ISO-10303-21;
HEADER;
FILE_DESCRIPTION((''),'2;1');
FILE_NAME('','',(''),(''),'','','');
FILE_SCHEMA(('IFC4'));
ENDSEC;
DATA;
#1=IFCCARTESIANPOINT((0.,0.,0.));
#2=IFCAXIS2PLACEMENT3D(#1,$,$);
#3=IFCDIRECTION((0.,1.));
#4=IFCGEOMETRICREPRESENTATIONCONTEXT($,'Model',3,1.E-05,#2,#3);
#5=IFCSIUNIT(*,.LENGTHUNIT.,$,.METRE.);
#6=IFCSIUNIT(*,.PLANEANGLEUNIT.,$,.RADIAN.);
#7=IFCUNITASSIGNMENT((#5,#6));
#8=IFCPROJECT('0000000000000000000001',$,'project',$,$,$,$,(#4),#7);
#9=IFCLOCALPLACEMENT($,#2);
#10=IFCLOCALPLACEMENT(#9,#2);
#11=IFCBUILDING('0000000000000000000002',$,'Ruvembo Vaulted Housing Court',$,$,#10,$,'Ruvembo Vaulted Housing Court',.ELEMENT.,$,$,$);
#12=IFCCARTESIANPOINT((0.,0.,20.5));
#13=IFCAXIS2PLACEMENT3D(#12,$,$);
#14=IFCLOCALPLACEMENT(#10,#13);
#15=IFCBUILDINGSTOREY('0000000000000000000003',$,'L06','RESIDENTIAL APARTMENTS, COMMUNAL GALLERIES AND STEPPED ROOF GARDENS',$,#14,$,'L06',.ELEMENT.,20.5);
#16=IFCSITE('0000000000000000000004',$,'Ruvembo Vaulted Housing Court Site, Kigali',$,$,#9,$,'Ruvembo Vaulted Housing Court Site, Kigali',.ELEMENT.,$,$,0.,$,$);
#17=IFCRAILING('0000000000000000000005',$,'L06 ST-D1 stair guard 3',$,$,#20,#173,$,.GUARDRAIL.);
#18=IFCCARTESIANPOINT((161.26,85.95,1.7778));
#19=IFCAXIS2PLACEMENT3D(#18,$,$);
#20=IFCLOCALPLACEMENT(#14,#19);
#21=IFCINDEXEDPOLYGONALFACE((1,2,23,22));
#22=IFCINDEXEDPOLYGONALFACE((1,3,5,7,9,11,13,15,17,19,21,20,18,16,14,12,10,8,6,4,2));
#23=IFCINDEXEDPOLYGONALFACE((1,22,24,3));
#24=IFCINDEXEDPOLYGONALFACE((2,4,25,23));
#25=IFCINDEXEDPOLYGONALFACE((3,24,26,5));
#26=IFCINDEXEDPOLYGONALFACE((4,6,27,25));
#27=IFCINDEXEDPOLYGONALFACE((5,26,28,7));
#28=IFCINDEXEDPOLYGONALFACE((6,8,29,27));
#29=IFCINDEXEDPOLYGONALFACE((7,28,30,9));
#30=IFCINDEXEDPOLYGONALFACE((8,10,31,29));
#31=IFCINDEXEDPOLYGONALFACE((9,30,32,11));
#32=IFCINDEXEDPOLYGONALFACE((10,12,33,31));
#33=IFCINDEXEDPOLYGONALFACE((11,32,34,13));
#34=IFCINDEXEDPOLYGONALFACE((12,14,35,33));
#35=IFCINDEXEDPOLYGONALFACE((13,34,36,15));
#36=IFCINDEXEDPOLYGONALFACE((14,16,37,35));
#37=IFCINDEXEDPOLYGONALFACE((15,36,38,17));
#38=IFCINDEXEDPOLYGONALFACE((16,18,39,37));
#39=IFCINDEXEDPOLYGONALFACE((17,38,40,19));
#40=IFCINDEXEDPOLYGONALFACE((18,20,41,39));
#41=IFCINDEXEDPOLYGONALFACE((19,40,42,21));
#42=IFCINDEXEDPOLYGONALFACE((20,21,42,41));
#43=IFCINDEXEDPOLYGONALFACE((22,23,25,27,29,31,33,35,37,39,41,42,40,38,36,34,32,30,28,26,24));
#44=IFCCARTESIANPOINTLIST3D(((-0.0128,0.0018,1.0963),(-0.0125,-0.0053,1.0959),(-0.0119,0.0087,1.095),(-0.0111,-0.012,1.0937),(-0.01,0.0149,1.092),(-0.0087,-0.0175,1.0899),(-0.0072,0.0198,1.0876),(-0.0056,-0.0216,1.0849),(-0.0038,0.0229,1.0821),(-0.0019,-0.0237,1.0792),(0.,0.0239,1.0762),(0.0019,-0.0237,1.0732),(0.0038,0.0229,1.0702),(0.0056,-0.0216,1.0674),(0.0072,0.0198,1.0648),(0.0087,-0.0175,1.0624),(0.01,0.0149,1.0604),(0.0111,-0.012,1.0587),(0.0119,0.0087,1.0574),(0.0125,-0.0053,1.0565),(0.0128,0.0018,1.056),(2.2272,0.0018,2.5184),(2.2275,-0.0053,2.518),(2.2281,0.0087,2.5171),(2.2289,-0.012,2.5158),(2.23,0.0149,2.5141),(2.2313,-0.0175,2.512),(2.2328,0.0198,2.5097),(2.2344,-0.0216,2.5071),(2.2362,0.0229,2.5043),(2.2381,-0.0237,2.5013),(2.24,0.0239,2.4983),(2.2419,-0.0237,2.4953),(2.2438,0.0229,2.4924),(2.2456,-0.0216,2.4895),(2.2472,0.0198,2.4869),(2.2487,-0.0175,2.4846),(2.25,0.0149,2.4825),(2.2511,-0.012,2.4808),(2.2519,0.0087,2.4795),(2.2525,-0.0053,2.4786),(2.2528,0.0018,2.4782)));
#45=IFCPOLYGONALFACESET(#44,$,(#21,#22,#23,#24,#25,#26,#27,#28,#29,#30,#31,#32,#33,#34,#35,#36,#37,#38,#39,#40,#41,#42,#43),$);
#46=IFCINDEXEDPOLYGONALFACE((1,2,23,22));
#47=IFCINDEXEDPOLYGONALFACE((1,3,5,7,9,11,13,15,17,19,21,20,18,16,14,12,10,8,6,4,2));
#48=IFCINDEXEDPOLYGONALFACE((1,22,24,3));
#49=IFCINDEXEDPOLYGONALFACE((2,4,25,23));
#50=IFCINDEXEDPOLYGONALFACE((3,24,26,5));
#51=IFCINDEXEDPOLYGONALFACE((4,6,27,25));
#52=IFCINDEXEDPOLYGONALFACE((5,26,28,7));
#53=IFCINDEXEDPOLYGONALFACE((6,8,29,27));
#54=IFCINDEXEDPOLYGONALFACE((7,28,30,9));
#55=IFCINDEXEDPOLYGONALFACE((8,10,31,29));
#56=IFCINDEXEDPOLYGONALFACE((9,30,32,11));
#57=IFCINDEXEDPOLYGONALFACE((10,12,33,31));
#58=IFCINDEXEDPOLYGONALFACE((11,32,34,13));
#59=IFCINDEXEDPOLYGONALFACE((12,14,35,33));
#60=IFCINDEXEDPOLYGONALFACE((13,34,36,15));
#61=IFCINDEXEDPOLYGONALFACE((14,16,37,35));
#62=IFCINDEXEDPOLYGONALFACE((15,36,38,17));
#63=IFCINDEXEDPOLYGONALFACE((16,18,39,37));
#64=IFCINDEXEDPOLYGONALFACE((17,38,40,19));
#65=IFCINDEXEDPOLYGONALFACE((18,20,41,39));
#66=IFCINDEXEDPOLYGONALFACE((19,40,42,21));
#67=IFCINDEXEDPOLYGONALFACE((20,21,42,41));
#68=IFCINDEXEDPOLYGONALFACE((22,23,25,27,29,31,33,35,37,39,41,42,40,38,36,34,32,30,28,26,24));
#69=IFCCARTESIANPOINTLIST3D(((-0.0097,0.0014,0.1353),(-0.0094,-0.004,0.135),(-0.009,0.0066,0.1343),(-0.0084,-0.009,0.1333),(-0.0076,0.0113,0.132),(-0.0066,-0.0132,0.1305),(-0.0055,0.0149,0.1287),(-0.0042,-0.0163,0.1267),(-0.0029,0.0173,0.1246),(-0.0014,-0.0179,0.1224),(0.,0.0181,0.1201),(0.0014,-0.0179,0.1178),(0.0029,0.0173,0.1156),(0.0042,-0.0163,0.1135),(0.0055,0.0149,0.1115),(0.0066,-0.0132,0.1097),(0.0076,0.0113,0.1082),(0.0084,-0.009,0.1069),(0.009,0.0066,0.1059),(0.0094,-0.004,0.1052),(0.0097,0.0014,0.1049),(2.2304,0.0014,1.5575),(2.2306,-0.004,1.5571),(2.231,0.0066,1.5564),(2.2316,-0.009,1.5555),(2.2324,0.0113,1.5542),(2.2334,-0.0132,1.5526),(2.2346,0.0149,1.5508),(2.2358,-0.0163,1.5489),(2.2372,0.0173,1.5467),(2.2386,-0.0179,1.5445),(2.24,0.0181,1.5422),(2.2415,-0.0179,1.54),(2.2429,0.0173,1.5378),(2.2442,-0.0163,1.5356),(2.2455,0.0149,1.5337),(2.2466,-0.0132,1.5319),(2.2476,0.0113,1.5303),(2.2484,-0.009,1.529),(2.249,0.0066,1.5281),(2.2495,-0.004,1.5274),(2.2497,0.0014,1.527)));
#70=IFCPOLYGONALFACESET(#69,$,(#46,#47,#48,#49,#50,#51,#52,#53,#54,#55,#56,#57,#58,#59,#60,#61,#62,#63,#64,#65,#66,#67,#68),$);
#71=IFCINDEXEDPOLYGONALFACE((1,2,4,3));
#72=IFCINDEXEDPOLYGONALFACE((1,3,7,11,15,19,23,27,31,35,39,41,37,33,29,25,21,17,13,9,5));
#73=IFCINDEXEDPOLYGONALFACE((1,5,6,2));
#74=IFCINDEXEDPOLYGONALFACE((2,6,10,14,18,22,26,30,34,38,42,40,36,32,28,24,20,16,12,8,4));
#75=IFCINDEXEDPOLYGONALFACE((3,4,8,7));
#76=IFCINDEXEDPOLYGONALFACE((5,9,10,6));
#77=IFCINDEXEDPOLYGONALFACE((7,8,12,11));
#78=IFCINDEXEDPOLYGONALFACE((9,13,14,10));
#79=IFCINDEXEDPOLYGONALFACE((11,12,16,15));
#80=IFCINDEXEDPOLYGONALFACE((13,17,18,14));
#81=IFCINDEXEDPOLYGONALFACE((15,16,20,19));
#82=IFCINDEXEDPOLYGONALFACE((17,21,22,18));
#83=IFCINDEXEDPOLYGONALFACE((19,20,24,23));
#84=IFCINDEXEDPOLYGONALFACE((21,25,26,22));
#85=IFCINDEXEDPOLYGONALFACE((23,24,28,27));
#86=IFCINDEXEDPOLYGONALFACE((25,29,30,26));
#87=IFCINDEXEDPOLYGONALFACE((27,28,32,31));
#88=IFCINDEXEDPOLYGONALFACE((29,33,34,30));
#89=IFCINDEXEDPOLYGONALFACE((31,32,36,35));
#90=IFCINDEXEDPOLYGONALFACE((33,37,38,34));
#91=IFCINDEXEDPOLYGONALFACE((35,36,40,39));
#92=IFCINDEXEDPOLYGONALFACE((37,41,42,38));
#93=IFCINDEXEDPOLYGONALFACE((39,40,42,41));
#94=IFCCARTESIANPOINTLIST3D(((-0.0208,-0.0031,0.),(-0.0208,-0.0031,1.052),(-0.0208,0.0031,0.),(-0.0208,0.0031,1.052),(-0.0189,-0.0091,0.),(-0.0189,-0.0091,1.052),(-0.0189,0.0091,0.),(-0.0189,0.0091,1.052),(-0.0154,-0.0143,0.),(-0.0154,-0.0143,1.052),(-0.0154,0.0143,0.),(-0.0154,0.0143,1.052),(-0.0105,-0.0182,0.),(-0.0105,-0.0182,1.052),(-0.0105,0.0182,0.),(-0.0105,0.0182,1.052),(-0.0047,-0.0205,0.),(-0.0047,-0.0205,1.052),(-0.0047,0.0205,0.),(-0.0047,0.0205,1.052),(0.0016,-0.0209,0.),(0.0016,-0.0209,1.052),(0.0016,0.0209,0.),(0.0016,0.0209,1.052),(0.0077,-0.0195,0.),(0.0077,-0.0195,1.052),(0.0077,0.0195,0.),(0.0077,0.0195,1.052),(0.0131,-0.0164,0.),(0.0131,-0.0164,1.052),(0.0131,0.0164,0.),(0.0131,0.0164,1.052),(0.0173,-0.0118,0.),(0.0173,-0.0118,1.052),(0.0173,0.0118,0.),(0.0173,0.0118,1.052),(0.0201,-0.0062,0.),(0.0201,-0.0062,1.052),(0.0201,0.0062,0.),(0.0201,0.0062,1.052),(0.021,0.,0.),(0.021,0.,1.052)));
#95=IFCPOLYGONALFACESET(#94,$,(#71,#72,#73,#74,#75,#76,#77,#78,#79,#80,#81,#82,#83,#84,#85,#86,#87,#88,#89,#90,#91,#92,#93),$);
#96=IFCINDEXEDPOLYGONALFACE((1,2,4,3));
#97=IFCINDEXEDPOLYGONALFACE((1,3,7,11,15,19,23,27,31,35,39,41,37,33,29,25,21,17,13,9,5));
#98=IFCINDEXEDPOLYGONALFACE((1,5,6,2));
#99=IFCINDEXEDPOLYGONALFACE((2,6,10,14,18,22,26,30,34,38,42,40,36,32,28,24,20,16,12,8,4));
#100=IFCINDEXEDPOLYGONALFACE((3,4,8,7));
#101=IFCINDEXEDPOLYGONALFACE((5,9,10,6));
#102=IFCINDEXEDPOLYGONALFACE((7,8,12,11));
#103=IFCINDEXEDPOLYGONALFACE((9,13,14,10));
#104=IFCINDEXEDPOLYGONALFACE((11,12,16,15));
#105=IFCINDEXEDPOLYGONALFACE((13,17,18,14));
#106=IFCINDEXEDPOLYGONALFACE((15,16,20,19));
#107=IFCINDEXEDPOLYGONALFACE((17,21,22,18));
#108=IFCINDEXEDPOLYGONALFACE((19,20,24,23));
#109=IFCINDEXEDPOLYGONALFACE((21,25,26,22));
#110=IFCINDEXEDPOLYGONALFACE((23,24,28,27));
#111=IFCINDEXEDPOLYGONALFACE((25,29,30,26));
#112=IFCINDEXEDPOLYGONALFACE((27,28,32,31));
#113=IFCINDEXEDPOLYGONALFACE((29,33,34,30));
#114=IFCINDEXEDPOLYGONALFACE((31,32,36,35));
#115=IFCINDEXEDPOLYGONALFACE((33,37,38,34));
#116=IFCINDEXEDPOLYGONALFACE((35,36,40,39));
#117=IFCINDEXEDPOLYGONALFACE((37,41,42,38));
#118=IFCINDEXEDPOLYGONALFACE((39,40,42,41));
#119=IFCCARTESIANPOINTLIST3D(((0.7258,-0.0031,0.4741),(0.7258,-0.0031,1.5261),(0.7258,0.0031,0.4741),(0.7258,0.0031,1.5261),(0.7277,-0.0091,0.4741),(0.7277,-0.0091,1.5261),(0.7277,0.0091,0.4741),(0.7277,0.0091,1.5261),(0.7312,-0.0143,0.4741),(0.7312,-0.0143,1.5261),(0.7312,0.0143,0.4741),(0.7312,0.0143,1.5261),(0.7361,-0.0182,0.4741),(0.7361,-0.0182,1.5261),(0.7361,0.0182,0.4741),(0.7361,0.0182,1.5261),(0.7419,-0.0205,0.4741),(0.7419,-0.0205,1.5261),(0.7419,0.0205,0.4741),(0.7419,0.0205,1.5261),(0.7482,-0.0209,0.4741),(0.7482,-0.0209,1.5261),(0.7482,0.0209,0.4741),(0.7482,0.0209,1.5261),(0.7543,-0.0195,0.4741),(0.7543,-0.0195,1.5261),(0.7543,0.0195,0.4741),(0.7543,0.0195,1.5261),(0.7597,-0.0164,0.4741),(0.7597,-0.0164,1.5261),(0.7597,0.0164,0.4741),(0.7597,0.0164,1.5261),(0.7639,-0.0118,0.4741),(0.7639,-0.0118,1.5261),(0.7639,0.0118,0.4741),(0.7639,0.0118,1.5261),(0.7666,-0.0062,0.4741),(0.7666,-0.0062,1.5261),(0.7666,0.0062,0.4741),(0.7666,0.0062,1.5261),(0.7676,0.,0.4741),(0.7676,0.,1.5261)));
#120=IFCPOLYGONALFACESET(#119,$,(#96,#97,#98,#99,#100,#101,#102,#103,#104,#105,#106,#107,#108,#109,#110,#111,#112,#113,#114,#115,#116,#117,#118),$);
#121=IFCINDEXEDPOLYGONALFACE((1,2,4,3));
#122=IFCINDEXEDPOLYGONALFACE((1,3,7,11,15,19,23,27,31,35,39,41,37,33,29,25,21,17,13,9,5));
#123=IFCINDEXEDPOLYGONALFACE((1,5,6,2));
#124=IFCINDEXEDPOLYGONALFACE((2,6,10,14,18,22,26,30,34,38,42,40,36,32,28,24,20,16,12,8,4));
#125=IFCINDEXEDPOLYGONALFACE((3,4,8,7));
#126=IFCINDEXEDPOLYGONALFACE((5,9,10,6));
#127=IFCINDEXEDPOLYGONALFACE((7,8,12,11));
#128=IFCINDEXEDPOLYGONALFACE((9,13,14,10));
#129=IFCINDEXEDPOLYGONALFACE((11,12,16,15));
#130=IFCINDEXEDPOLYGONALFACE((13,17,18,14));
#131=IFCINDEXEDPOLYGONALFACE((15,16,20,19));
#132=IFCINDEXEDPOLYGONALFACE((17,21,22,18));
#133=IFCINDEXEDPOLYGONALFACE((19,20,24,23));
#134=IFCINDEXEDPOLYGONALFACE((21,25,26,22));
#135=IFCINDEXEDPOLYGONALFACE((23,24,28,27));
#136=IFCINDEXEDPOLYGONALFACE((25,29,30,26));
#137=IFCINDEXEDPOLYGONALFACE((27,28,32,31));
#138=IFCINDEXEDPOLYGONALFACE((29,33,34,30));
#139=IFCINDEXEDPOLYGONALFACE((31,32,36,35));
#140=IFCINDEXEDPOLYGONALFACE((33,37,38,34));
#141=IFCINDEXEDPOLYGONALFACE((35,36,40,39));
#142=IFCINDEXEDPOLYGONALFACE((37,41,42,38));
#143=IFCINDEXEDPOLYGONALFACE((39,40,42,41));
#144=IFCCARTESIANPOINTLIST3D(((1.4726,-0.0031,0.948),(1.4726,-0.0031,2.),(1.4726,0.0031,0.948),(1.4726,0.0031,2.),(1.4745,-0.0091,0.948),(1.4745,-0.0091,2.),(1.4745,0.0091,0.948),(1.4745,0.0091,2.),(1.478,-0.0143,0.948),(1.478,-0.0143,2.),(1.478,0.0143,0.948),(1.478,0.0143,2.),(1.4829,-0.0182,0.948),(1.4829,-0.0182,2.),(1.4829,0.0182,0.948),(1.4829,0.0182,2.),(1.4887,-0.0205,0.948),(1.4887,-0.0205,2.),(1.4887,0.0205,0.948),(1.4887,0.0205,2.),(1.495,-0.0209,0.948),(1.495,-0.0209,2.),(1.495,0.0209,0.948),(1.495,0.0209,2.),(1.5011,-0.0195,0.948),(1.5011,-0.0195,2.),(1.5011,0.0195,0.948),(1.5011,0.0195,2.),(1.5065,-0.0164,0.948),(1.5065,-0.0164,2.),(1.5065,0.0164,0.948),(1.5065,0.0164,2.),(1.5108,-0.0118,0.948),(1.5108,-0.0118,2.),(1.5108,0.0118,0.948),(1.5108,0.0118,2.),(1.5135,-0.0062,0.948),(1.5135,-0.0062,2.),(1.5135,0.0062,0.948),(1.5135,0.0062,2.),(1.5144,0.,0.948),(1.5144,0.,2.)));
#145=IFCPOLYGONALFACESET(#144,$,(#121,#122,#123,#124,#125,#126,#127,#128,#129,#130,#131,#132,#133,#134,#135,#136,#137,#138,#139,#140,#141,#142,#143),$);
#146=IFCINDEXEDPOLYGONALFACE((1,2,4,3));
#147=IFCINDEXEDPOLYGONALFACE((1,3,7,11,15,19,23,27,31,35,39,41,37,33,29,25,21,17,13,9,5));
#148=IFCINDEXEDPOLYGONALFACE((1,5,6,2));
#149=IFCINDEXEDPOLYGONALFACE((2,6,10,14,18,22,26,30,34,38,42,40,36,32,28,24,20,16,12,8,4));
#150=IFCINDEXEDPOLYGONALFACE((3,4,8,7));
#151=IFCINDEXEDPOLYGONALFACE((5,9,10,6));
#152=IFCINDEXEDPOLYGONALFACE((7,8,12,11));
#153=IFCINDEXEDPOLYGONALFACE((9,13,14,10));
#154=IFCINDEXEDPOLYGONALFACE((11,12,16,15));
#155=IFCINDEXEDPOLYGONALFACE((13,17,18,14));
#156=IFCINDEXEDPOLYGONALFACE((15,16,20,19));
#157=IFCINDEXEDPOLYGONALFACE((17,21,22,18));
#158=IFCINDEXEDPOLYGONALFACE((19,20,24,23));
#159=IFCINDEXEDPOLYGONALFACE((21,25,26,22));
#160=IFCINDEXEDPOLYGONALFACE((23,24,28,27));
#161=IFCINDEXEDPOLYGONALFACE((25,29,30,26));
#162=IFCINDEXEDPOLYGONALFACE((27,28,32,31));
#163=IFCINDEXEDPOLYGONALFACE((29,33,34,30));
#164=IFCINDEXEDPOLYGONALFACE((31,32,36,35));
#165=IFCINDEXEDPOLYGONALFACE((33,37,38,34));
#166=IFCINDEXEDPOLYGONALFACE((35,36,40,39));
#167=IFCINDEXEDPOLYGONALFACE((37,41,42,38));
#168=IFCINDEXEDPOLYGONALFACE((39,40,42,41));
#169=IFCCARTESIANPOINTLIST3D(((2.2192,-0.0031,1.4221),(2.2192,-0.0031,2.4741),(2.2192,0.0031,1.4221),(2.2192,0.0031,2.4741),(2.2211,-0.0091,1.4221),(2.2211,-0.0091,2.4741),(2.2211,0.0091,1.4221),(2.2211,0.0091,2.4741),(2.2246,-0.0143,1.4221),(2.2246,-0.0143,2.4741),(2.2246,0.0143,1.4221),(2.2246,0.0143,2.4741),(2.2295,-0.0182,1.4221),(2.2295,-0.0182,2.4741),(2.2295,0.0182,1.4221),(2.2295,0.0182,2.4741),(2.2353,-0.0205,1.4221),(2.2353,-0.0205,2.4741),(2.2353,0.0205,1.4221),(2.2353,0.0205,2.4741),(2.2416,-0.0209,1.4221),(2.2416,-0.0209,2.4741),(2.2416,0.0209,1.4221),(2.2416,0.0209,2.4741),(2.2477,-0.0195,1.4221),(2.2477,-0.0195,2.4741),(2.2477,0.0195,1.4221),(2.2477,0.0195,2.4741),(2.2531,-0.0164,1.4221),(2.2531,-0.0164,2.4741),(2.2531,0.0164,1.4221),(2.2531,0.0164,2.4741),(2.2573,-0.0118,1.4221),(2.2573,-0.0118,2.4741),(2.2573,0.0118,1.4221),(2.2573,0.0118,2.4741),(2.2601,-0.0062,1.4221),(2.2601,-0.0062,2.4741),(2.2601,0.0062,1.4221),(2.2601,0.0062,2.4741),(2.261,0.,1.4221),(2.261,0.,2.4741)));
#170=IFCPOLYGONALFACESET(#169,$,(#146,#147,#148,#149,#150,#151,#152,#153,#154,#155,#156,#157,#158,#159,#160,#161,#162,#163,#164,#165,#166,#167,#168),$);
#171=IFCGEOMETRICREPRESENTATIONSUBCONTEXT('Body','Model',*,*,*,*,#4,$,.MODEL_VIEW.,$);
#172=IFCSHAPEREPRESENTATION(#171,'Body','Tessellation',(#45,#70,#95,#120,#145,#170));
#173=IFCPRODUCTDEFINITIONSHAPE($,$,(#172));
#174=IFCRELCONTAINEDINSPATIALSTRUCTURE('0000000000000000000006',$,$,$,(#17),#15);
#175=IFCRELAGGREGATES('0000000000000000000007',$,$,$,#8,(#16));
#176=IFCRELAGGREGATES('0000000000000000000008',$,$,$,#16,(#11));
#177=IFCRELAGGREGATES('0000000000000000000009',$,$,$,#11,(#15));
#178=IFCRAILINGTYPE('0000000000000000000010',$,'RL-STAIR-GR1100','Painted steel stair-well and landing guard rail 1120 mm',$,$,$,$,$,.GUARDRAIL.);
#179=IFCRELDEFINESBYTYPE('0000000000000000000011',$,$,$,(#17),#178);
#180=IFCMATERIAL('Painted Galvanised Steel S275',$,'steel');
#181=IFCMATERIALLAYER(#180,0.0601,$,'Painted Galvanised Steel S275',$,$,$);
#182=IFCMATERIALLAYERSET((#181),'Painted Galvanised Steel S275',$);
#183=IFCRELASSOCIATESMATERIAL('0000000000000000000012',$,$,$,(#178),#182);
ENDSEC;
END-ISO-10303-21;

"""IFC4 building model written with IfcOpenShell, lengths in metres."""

from ifc_helpers import new_model, si_unit, direction, frame, origin, origin_2d, place, context, subcontext, project, spatial, circle, extrude, material, layer, layer_set, type_object, element, save


model = new_model("IFC4")

# Units and contexts
model_context = context("Model", 3, precision=1e-05, world=origin(), true_north=direction((0.0, 1.0)))
body_context = subcontext(model_context, "Body", "Model", "MODEL_VIEW")
ifc_project = project(units=[si_unit("LENGTHUNIT", "METRE"), si_unit("PLANEANGLEUNIT", "RADIAN")], contexts=[model_context])

# Site, building, storey
site_placement = place(None, origin())
site = spatial("IfcSite", under=ifc_project, at=site_placement, Name="Ruvembo Vaulted Housing Court Site, Kigali", LongName="Ruvembo Vaulted Housing Court Site, Kigali", CompositionType="ELEMENT", RefElevation=0.0)
building_placement = place(site_placement, origin())
building = spatial("IfcBuilding", under=site, at=building_placement, Name="Ruvembo Vaulted Housing Court", LongName="Ruvembo Vaulted Housing Court", CompositionType="ELEMENT")
storey_placement = place(building_placement, frame((0.0, 0.0, 20.5)))
storey = spatial("IfcBuildingStorey", under=building, at=storey_placement, Name="L06", Description="RESIDENTIAL APARTMENTS, COMMUNAL GALLERIES AND STEPPED ROOF GARDENS", LongName="L06", CompositionType="ELEMENT", Elevation=20.5)

# Railing
ifc_material_1 = material(Name="Painted Galvanised Steel S275", Category="steel")
ifc_layer_1 = layer(ifc_material_1, 0.0601, Name="Painted Galvanised Steel S275")
ifc_layer_set_1 = layer_set([ifc_layer_1], Name="Painted Galvanised Steel S275")
railing_type_1 = type_object("IfcRailingType", Name="RL-STAIR-GR1100", Description="Painted steel stair-well and landing guard rail 1120 mm", PredefinedType="GUARDRAIL", material=ifc_layer_set_1)
railing_1_placement = place(storey_placement, frame((161.26, 85.95, 1.7778)))
element("IfcRailing", 1, at=railing_1_placement, inside=storey, type_object=railing_type_1, Name="L06 ST-D1 stair guard 3", PredefinedType="GUARDRAIL", context=body_context, shape_type="SweptSolid", body=[
    extrude(circle(Radius=0.0239, at=origin_2d()), frame((0.0, 0.0, 1.0762), z_axis=(0.844229, 0.0, 0.535982), x_axis=(0.0, 1.0, 0.0)), (0.0, 0.0, 1.0), 2.6533),
    extrude(circle(Radius=0.0181, at=origin_2d()), frame((0.0, 0.0, 0.1201), z_axis=(0.844229, 0.0, 0.535982), x_axis=(0.0, 1.0, 0.0)), (0.0, 0.0, 1.0), 2.6533),
    extrude(circle(Radius=0.021, at=origin_2d()), origin(), (0.0, 0.0, 1.0), 1.052),
    extrude(circle(Radius=0.021, at=origin_2d()), frame((0.7466, 0.0, 0.4741)), (0.0, 0.0, 1.0), 1.052),
    extrude(circle(Radius=0.021, at=origin_2d()), frame((1.4934, 0.0, 0.948)), (0.0, 0.0, 1.0), 1.052),
    extrude(circle(Radius=0.021, at=origin_2d()), frame((2.24, 0.0, 1.4221)), (0.0, 0.0, 1.0), 1.052),
])

save(model, "model.ifc")
